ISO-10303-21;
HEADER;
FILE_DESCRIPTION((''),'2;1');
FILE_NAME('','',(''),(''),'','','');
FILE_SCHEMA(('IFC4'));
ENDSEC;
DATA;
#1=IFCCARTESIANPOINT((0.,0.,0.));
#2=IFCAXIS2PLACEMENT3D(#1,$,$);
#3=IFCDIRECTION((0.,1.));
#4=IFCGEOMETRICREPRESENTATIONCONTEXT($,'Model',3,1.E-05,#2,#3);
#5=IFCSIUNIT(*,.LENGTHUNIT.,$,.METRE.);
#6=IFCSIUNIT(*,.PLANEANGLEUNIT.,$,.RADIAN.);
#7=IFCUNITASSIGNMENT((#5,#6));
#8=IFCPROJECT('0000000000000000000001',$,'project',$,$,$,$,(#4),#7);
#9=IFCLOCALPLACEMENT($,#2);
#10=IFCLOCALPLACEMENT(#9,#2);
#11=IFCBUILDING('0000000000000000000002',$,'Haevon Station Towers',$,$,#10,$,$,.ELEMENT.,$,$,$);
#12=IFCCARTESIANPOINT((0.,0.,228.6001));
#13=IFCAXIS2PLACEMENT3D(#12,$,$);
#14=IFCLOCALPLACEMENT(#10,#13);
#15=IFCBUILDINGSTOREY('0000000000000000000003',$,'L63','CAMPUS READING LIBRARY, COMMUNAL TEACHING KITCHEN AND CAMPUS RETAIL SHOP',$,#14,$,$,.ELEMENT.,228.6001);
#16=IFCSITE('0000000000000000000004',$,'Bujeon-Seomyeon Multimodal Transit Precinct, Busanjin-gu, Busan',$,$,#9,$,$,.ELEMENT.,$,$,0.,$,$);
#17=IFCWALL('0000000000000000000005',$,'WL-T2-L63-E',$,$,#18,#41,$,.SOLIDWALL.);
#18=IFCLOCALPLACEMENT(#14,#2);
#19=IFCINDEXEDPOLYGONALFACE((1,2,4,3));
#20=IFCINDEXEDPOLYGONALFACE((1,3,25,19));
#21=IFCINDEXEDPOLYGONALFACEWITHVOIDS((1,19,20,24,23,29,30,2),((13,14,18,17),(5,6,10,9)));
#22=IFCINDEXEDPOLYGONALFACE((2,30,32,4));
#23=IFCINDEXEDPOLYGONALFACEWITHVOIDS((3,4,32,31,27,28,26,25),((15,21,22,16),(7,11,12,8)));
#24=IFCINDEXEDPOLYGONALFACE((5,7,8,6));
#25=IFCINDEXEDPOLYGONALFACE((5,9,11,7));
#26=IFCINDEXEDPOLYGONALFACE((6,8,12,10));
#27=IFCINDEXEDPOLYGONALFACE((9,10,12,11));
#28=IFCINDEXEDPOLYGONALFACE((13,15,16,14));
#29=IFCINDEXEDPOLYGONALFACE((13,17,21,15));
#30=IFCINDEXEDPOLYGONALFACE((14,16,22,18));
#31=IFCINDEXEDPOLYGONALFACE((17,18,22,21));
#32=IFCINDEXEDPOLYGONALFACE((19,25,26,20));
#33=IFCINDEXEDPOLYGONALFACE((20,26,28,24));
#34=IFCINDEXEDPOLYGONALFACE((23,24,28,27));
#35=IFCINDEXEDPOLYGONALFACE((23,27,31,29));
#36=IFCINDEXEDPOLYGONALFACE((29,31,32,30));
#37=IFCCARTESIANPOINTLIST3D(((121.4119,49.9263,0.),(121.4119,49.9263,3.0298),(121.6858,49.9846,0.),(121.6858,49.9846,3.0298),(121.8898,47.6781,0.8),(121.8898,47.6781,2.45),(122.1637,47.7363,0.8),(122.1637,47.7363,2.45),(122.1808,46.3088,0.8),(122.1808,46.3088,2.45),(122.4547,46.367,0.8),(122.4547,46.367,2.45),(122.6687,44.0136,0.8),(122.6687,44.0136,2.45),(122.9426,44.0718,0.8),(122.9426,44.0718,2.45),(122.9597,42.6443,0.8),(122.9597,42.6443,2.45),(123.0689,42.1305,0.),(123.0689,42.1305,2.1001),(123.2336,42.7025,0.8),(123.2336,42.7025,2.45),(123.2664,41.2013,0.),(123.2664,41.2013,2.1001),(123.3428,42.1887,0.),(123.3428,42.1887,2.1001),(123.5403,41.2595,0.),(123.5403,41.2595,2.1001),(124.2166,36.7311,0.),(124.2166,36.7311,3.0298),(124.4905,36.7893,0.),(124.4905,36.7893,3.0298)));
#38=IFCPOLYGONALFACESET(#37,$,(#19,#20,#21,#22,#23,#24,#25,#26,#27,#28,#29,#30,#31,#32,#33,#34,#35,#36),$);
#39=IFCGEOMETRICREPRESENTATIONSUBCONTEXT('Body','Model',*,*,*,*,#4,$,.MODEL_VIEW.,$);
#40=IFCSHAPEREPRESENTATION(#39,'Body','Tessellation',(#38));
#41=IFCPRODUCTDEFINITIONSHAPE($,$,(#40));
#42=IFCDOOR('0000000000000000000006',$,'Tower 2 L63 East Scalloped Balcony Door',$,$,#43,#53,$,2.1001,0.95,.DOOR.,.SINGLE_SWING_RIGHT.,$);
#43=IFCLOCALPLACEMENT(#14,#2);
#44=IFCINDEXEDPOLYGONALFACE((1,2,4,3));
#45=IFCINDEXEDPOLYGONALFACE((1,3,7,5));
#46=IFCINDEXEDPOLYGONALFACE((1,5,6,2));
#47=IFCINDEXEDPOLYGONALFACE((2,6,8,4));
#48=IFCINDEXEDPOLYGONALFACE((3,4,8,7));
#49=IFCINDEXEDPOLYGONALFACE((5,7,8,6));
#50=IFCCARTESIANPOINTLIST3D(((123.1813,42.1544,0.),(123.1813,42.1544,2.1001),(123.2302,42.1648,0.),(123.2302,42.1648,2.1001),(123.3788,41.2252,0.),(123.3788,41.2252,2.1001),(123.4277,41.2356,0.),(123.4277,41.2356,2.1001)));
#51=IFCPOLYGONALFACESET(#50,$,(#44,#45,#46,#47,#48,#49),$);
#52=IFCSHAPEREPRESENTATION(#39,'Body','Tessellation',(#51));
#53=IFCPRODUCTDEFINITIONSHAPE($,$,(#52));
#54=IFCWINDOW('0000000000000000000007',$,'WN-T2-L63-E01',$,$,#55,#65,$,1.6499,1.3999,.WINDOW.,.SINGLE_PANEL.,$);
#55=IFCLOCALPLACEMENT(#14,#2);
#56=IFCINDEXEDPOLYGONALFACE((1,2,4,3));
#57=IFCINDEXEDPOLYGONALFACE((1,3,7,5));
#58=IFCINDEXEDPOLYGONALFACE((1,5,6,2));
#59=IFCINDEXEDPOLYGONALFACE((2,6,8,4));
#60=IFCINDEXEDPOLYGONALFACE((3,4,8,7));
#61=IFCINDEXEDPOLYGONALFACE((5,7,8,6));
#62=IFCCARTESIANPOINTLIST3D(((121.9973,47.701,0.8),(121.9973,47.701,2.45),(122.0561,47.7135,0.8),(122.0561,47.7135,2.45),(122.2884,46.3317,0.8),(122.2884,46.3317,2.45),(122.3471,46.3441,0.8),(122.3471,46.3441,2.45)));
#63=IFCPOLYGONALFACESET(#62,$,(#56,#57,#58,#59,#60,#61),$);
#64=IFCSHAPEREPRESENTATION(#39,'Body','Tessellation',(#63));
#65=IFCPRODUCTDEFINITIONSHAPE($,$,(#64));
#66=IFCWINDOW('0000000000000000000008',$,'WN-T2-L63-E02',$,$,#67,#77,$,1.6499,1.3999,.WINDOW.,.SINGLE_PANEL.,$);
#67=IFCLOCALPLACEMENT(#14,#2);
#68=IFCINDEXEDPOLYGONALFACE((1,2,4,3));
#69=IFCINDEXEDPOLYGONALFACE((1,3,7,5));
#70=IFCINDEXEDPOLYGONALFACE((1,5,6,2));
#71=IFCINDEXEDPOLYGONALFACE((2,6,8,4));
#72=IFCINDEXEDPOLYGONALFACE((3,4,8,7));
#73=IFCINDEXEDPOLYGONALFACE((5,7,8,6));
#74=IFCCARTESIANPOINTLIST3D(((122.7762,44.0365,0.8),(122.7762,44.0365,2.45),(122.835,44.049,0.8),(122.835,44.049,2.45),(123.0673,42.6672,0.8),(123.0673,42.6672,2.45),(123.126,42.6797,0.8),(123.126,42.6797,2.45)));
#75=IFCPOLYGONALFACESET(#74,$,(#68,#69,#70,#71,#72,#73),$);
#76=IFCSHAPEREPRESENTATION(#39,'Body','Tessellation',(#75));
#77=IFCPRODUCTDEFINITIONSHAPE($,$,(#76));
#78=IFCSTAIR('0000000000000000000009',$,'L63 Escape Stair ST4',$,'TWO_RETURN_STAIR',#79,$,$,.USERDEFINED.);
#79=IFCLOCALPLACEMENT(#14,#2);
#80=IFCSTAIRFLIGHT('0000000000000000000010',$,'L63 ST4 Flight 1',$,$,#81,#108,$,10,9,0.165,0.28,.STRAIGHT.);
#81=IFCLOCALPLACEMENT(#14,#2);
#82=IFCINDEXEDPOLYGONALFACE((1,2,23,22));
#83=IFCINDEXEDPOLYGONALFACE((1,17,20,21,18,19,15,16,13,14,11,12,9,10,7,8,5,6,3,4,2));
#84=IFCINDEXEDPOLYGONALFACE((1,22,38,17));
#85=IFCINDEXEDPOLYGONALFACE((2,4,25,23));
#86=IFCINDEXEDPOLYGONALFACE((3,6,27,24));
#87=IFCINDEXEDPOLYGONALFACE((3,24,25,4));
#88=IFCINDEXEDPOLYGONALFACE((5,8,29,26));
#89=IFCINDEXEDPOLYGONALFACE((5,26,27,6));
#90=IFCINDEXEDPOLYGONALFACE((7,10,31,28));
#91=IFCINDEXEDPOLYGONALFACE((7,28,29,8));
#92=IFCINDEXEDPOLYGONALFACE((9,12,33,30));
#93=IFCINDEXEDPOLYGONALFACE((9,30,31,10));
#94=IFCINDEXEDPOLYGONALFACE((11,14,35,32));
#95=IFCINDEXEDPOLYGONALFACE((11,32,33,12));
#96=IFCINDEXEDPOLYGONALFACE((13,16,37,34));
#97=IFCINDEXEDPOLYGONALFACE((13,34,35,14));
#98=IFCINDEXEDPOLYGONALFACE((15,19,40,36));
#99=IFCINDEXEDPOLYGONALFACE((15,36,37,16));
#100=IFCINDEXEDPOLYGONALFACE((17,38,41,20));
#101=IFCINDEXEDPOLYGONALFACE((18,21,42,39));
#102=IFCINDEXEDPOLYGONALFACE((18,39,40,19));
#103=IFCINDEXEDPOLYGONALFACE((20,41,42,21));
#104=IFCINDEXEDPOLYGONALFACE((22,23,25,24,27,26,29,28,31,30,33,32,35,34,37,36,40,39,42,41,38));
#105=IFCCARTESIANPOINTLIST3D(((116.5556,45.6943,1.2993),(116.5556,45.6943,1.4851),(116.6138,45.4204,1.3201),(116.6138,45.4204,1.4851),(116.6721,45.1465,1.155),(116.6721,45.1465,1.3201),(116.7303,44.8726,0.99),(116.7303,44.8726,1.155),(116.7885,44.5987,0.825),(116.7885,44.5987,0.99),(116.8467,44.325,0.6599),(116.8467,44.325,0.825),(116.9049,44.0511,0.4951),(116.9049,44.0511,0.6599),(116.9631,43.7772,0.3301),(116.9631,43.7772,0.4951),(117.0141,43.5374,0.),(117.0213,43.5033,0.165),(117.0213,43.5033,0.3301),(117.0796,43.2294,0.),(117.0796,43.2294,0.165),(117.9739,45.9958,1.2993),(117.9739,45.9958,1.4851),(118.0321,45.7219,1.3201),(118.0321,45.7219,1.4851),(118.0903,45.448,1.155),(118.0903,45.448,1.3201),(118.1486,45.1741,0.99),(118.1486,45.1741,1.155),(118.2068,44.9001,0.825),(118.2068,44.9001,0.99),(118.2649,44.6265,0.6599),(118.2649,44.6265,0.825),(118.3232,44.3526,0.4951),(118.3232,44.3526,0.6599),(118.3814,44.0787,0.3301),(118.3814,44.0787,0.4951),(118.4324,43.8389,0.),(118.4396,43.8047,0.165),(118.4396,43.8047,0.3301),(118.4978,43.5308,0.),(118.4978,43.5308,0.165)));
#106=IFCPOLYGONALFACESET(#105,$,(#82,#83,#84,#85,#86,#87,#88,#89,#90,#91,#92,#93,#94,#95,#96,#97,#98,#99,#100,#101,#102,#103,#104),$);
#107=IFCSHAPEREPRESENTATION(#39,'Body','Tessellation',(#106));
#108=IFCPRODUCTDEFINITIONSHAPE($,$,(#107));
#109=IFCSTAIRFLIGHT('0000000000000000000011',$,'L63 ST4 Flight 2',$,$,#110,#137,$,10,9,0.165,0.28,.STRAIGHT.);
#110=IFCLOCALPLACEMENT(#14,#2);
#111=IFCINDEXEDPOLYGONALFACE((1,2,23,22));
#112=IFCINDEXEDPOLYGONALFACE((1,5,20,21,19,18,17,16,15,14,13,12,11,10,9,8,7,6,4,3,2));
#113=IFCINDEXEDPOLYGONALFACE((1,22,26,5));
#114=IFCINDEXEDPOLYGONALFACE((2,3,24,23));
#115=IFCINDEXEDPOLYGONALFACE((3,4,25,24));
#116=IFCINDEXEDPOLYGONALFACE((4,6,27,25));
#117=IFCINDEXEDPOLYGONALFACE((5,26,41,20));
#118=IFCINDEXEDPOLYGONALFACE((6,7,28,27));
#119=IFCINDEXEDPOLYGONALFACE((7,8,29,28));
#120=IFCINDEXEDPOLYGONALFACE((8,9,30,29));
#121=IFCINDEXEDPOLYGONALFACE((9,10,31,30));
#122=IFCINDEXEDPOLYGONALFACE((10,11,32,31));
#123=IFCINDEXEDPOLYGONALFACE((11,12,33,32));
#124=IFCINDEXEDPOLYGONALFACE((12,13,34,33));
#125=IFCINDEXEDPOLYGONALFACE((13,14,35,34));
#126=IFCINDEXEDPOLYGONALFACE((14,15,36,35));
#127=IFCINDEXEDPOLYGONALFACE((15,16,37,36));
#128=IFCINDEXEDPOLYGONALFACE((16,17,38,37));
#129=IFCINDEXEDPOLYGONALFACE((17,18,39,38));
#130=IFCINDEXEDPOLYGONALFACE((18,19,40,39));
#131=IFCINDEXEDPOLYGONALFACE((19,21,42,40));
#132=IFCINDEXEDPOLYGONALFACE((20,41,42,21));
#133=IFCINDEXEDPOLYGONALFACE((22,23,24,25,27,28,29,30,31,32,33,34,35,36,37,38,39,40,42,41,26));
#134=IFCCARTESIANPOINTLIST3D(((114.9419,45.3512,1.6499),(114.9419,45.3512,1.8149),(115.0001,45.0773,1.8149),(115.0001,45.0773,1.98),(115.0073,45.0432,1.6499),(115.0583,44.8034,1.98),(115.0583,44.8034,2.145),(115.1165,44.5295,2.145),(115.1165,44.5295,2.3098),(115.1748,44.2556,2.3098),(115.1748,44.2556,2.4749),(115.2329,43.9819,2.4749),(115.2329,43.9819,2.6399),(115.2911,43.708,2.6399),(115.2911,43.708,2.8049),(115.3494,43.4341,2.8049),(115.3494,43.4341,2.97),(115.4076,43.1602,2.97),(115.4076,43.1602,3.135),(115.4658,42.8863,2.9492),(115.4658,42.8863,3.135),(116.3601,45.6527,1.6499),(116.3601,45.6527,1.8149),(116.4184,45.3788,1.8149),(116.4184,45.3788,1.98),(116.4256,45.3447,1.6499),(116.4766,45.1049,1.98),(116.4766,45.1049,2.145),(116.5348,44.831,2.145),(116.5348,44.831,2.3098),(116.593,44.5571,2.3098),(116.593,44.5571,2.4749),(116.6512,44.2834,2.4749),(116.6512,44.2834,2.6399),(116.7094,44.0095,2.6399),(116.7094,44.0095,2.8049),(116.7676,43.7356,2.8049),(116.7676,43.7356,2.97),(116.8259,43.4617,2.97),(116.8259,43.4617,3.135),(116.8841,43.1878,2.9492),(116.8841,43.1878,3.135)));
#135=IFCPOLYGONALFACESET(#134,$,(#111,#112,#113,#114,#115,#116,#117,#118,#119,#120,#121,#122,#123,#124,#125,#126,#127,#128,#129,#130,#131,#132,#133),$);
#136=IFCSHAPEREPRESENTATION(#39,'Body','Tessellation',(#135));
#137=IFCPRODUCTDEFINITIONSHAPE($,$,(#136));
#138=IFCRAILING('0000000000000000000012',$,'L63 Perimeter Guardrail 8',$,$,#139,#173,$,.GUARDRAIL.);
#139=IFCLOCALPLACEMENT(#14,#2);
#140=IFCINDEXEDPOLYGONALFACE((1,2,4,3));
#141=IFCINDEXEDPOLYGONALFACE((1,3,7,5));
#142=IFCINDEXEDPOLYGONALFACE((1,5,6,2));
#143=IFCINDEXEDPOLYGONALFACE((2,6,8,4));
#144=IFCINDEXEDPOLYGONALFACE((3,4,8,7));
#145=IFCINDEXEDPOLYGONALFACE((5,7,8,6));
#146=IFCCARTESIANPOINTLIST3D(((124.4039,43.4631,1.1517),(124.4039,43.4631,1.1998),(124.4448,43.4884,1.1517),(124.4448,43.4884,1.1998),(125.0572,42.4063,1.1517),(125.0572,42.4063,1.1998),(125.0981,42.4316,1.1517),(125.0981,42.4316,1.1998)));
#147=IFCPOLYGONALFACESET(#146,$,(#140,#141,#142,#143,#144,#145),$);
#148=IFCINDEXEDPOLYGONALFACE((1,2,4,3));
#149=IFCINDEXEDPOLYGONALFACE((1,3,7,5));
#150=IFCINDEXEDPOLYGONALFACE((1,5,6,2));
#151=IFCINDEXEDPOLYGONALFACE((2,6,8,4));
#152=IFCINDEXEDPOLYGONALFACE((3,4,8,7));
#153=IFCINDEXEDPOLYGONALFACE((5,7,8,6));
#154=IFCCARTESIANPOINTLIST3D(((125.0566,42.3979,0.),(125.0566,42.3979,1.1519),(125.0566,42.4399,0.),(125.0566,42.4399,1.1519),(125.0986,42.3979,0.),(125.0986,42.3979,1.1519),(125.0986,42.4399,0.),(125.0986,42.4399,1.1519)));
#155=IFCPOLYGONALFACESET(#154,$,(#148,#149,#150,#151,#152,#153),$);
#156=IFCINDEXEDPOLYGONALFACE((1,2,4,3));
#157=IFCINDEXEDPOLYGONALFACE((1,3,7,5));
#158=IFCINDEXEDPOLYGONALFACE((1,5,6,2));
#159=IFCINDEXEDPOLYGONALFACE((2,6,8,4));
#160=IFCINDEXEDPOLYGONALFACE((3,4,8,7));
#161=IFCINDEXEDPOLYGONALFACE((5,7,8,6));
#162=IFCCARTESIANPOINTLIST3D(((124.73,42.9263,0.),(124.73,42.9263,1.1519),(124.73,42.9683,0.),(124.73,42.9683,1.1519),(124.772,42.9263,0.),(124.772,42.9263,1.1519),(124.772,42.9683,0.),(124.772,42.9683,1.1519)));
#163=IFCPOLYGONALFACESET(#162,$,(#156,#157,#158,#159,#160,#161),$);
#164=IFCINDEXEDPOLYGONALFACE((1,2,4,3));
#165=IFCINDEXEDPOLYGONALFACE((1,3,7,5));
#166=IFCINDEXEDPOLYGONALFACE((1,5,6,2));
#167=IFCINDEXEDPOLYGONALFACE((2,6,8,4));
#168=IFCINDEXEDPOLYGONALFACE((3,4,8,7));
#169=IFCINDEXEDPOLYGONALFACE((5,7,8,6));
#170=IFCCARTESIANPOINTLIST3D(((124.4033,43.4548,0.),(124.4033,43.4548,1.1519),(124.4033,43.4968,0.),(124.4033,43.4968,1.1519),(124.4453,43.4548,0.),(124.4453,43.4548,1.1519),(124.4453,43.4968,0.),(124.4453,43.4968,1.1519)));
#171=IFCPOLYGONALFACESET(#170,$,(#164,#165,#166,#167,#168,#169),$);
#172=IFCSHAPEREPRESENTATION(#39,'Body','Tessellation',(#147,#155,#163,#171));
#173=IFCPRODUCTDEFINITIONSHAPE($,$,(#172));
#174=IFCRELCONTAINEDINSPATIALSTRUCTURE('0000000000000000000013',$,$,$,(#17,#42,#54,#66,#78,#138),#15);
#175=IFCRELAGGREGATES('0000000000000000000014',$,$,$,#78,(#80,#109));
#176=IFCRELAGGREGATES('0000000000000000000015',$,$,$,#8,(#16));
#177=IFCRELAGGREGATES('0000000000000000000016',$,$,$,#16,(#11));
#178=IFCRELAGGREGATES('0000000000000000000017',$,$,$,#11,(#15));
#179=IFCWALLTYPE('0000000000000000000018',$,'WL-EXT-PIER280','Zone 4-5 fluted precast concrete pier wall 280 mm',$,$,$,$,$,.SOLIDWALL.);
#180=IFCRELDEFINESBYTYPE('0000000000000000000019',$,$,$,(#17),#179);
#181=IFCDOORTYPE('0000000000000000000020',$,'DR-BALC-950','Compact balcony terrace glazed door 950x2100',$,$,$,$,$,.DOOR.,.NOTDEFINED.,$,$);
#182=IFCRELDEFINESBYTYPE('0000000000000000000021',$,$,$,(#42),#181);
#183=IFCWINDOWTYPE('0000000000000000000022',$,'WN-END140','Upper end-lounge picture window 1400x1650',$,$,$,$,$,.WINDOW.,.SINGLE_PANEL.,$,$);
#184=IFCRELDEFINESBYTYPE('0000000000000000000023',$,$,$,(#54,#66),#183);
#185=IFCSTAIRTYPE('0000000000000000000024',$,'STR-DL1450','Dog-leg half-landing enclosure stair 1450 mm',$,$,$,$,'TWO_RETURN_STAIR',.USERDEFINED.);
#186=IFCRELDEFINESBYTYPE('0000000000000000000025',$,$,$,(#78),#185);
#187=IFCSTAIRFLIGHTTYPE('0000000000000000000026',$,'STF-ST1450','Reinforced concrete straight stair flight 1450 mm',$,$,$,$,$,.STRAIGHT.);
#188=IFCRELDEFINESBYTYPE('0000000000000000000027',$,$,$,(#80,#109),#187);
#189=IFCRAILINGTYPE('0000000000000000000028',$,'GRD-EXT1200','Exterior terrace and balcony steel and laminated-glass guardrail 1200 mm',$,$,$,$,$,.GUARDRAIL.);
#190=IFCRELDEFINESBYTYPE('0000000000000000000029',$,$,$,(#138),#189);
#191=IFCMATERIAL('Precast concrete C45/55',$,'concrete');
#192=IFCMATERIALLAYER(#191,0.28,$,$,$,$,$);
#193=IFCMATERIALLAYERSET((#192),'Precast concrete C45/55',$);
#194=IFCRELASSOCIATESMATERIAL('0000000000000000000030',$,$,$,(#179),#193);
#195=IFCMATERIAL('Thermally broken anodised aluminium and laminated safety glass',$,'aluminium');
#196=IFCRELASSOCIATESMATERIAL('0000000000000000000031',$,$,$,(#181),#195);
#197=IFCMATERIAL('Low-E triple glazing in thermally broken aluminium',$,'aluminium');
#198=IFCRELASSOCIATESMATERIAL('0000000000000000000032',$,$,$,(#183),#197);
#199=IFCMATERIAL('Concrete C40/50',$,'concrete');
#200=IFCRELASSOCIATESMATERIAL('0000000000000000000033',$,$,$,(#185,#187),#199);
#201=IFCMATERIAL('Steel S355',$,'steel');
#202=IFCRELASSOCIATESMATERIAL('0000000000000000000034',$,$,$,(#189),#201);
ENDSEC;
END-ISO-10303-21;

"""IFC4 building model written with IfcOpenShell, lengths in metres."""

from ifc_helpers import new_model, si_unit, direction, frame, frame_2d, origin, origin_2d, place, context, subcontext, project, spatial, polyline, rectangle, outline, extrude, material, layer, layer_set, type_object, element, fill, aggregate, save


model = new_model("IFC4")

# Units and contexts
model_context = context("Model", 3, precision=1e-05, world=origin(), true_north=direction((0.0, 1.0)))
body_context = subcontext(model_context, "Body", "Model", "MODEL_VIEW")
ifc_project = project(units=[si_unit("LENGTHUNIT", "METRE"), si_unit("PLANEANGLEUNIT", "RADIAN")], contexts=[model_context])

# Site, building, storey
site_placement = place(None, origin())
site = spatial("IfcSite", under=ifc_project, at=site_placement, Name="Bujeon-Seomyeon Multimodal Transit Precinct, Busanjin-gu, Busan", CompositionType="ELEMENT", RefElevation=0.0)
building_placement = place(site_placement, origin())
building = spatial("IfcBuilding", under=site, at=building_placement, Name="Haevon Station Towers", CompositionType="ELEMENT")
storey_placement = place(building_placement, frame((0.0, 0.0, 228.6001)))
storey = spatial("IfcBuildingStorey", under=building, at=storey_placement, Name="L63", Description="CAMPUS READING LIBRARY, COMMUNAL TEACHING KITCHEN AND CAMPUS RETAIL SHOP", CompositionType="ELEMENT", Elevation=228.6001)

# Shared definitions
ifc_material_1 = material(Name="Steel S355", Category="steel")

# Shared definitions
ifc_material_2 = material(Name="Precast concrete C45/55", Category="concrete")
ifc_layer = layer(ifc_material_2, 0.28)
ifc_layer_set = layer_set([ifc_layer], Name="Precast concrete C45/55")
wall_type = type_object("IfcWallType", Name="WL-EXT-PIER280", Description="Zone 4-5 fluted precast concrete pier wall 280 mm", PredefinedType="SOLIDWALL", material=ifc_layer_set)

# Wall, openings, door, windows
wall_1_placement = place(storey_placement, frame((121.5488, 49.9556, 0.0), z_axis=(0.0, 0.0, 1.0), x_axis=(0.207907, -0.978149, 0.0)))
wall_1 = element("IfcWall", 1, at=wall_1_placement, inside=storey, type_object=wall_type, Name="WL-T2-L63-E", PredefinedType="SOLIDWALL", context=body_context, shape_type="SweptSolid", body=[
    extrude(rectangle(XDim=13.49, YDim=0.28, at=frame_2d((6.7451, 0.0))), origin(), (0.0, 0.0, 1.0), 3.0298),
])
opening_1_placement = place(wall_1_placement, frame((7.97, 0.0, 0.0)))
opening_1 = element("IfcOpeningElement", 2, at=opening_1_placement, cuts=wall_1, PredefinedType="OPENING", context=body_context, shape_type="SweptSolid", body=[
    extrude(rectangle(XDim=0.95, YDim=2.1001, at=frame_2d((0.4751, 1.05))), frame((0.0, 0.1499, 0.0), z_axis=(0.0, -1.0, 0.0), x_axis=(1.0, 0.0, 0.0)), (0.0, 0.0, 1.0), 0.3),
])
opening_2_placement = place(wall_1_placement, frame((2.2986, 0.0, 0.8)))
opening_2 = element("IfcOpeningElement", 3, at=opening_2_placement, cuts=wall_1, PredefinedType="OPENING", context=body_context, shape_type="SweptSolid", body=[
    extrude(rectangle(XDim=1.3999, YDim=1.6499, at=frame_2d((0.7, 0.825))), frame((0.0, 0.1499, 0.0), z_axis=(0.0, -1.0, 0.0), x_axis=(1.0, 0.0, 0.0)), (0.0, 0.0, 1.0), 0.3),
])
opening_3_placement = place(wall_1_placement, frame((6.0449, 0.0, 0.8)))
opening_3 = element("IfcOpeningElement", 4, at=opening_3_placement, cuts=wall_1, PredefinedType="OPENING", context=body_context, shape_type="SweptSolid", body=[
    extrude(rectangle(XDim=1.3999, YDim=1.6499, at=frame_2d((0.7, 0.825))), frame((0.0, 0.1499, 0.0), z_axis=(0.0, -1.0, 0.0), x_axis=(1.0, 0.0, 0.0)), (0.0, 0.0, 1.0), 0.3),
])
ifc_material_3 = material(Name="Thermally broken anodised aluminium and laminated safety glass", Category="aluminium")
door_type = type_object("IfcDoorType", Name="DR-BALC-950", Description="Compact balcony terrace glazed door 950x2100", OperationType="NOTDEFINED", PredefinedType="DOOR", material=ifc_material_3)
door_placement = place(opening_1_placement, origin())
door = element("IfcDoor", 5, at=door_placement, inside=storey, type_object=door_type, Name="Tower 2 L63 East Scalloped Balcony Door", OperationType="SINGLE_SWING_RIGHT", OverallHeight=2.1001, OverallWidth=0.95, PredefinedType="DOOR", context=body_context, shape_type="SweptSolid", body=[
    extrude(rectangle(XDim=0.95, YDim=2.1001, at=frame_2d((0.4751, 1.05))), frame((0.0, 0.0249, 0.0), z_axis=(0.0, -1.0, 0.0), x_axis=(1.0, 0.0, 0.0)), (0.0, 0.0, 1.0), 0.05),
])
fill(opening_1, door)
ifc_material_4 = material(Name="Low-E triple glazing in thermally broken aluminium", Category="aluminium")
window_type = type_object("IfcWindowType", Name="WN-END140", Description="Upper end-lounge picture window 1400x1650", PartitioningType="SINGLE_PANEL", PredefinedType="WINDOW", material=ifc_material_4)
window_1_placement = place(opening_2_placement, origin())
window_1 = element("IfcWindow", 6, at=window_1_placement, inside=storey, type_object=window_type, Name="WN-T2-L63-E01", OverallHeight=1.6499, OverallWidth=1.3999, PartitioningType="SINGLE_PANEL", PredefinedType="WINDOW", context=body_context, shape_type="SweptSolid", body=[
    extrude(rectangle(XDim=1.3999, YDim=1.6499, at=frame_2d((0.7, 0.825))), frame((0.0, 0.03, 0.0), z_axis=(0.0, -1.0, 0.0), x_axis=(1.0, 0.0, 0.0)), (0.0, 0.0, 1.0), 0.0601),
])
fill(opening_2, window_1)
window_2_placement = place(opening_3_placement, origin())
window_2 = element("IfcWindow", 7, at=window_2_placement, inside=storey, type_object=window_type, Name="WN-T2-L63-E02", OverallHeight=1.6499, OverallWidth=1.3999, PartitioningType="SINGLE_PANEL", PredefinedType="WINDOW", context=body_context, shape_type="SweptSolid", body=[
    extrude(rectangle(XDim=1.3999, YDim=1.6499, at=frame_2d((0.7, 0.825))), frame((0.0, 0.03, 0.0), z_axis=(0.0, -1.0, 0.0), x_axis=(1.0, 0.0, 0.0)), (0.0, 0.0, 1.0), 0.0601),
])
fill(opening_3, window_2)

# Stair, stair flights
ifc_material_5 = material(Name="Concrete C40/50", Category="concrete")
stair_type = type_object("IfcStairType", Name="STR-DL1450", Description="Dog-leg half-landing enclosure stair 1450 mm", ElementType="TWO_RETURN_STAIR", PredefinedType="USERDEFINED", material=ifc_material_5)
stair_placement = place(storey_placement, origin())
stair = element("IfcStair", 8, at=stair_placement, inside=storey, type_object=stair_type, Name="L63 Escape Stair ST4", ObjectType="TWO_RETURN_STAIR", PredefinedType="USERDEFINED")
stair_flight_type = type_object("IfcStairFlightType", Name="STF-ST1450", Description="Reinforced concrete straight stair flight 1450 mm", PredefinedType="STRAIGHT", material=ifc_material_5)
stair_flight_1_placement = place(storey_placement, frame((117.7888, 43.3801, 0.0), z_axis=(0.0, 0.0, 1.0), x_axis=(-0.207912, 0.978148, 0.0)))
stair_flight_1 = element("IfcStairFlight", 9, at=stair_flight_1_placement, type_object=stair_flight_type, Name="L63 ST4 Flight 1", NumberOfRisers=10, NumberOfTreads=9, PredefinedType="STRAIGHT", RiserHeight=0.165, TreadLength=0.28, context=body_context, shape_type="SweptSolid", body=[
    extrude(outline(polyline([(0.0, 0.0), (0.0, 0.165), (0.28, 0.165), (0.28, 0.3301), (0.5601, 0.3301), (0.5601, 0.4951), (0.8401, 0.4951), (0.8401, 0.6599), (1.1201, 0.6599), (1.1201, 0.825), (1.3999, 0.825), (1.3999, 0.99), (1.6799, 0.99), (1.6799, 1.155), (1.96, 1.155), (1.96, 1.3201), (2.24, 1.3201), (2.24, 1.4851), (2.52, 1.4851), (2.52, 1.6499), (2.52, 1.2993), (0.3149, 0.0), (0.0, 0.0)])), frame((0.0, 0.7251, 0.0), z_axis=(0.0, -1.0, 0.0), x_axis=(1.0, 0.0, 0.0)), (0.0, 0.0, 1.0), 1.45),
])
stair_flight_2_placement = place(storey_placement, frame((115.6509, 45.502, 1.6499), z_axis=(0.0, 0.0, 1.0), x_axis=(0.207912, -0.978148, 0.0)))
stair_flight_2 = element("IfcStairFlight", 10, at=stair_flight_2_placement, type_object=stair_flight_type, Name="L63 ST4 Flight 2", NumberOfRisers=10, NumberOfTreads=9, PredefinedType="STRAIGHT", RiserHeight=0.165, TreadLength=0.28, context=body_context, shape_type="SweptSolid", body=[
    extrude(outline(polyline([(0.0, 0.0), (0.0, 0.165), (0.28, 0.165), (0.28, 0.3301), (0.5601, 0.3301), (0.5601, 0.4951), (0.8401, 0.4951), (0.8401, 0.6599), (1.1201, 0.6599), (1.1201, 0.825), (1.3999, 0.825), (1.3999, 0.99), (1.6799, 0.99), (1.6799, 1.155), (1.96, 1.155), (1.96, 1.3201), (2.24, 1.3201), (2.24, 1.4851), (2.52, 1.4851), (2.52, 1.6499), (2.52, 1.2993), (0.3149, 0.0), (0.0, 0.0)])), frame((0.0, 0.7251, 0.0), z_axis=(0.0, -1.0, 0.0), x_axis=(1.0, 0.0, 0.0)), (0.0, 0.0, 1.0), 1.45),
])
aggregate(stair, [stair_flight_1, stair_flight_2])

# Railing
railing_type_1 = type_object("IfcRailingType", Name="GRD-EXT1200", Description="Exterior terrace and balcony steel and laminated-glass guardrail 1200 mm", PredefinedType="GUARDRAIL", material=ifc_material_1)
railing_1_placement = place(storey_placement, frame((125.0776, 42.4189, 0.0)))
element("IfcRailing", 11, at=railing_1_placement, inside=storey, type_object=railing_type_1, Name="L63 Perimeter Guardrail 8", PredefinedType="GUARDRAIL", context=body_context, shape_type="SweptSolid", body=[
    extrude(rectangle(XDim=0.0481, YDim=0.0481, at=origin_2d()), frame((0.0, 0.0, 1.1758), z_axis=(-0.525807, 0.850604, 0.0), x_axis=(-0.850604, -0.525807, 0.0)), (0.0, 0.0, 1.0), 1.2424),
    extrude(rectangle(XDim=0.042, YDim=0.042, at=origin_2d()), origin(), (0.0, 0.0, 1.0), 1.1519),
    extrude(rectangle(XDim=0.042, YDim=0.042, at=origin_2d()), frame((-0.3267, 0.5283, 0.0)), (0.0, 0.0, 1.0), 1.1519),
    extrude(rectangle(XDim=0.042, YDim=0.042, at=origin_2d()), frame((-0.6533, 1.0569, 0.0)), (0.0, 0.0, 1.0), 1.1519),
])

save(model, "model.ifc")
